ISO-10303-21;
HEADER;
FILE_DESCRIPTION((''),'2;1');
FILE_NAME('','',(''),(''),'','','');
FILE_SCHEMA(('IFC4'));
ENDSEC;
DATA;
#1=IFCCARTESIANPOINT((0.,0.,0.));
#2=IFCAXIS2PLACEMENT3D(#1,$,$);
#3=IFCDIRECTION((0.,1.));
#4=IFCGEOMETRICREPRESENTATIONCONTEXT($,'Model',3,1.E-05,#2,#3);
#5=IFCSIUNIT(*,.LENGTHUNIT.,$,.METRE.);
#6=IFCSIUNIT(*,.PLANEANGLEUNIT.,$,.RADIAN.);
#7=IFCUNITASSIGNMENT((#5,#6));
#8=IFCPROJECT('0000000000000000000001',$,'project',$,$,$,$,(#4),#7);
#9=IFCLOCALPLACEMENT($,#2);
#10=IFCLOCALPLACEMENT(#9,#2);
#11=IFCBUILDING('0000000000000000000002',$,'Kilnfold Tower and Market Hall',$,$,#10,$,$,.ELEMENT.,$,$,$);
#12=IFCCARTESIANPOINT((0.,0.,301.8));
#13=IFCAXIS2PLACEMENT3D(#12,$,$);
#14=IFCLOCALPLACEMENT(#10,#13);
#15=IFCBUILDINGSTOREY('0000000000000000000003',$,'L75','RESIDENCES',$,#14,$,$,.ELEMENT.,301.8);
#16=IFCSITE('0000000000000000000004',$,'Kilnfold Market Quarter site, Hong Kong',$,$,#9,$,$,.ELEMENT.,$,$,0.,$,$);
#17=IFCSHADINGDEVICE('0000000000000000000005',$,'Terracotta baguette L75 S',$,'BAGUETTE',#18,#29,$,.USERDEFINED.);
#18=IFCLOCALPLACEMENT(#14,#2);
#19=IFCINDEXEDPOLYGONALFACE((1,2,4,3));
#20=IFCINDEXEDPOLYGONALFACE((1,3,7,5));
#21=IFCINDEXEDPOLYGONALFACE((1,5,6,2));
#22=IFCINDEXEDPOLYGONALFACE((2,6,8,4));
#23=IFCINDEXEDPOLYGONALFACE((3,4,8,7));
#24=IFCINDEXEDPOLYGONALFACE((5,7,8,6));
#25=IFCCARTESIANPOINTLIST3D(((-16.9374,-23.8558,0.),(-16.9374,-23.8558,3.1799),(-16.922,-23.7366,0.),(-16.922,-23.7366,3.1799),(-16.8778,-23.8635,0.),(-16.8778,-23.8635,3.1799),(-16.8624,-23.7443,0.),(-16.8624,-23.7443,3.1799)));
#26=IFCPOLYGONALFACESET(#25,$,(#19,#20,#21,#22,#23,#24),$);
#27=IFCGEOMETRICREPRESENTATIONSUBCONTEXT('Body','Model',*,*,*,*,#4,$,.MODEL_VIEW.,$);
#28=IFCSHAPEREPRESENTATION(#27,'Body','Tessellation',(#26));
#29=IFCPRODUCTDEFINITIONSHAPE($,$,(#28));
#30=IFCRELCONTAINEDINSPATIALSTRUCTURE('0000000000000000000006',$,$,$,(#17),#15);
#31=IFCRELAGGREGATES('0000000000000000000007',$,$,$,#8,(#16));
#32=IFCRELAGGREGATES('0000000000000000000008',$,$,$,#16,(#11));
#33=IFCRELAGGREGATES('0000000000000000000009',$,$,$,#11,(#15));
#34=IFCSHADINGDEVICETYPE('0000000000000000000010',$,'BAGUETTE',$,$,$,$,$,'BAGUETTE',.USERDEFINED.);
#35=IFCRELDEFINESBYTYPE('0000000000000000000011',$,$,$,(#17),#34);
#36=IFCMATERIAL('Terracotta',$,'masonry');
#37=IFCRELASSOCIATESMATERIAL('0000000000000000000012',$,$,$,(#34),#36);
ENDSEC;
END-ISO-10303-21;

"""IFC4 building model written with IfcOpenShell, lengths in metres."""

from ifc_helpers import new_model, si_unit, direction, frame, origin, origin_2d, place, context, subcontext, project, spatial, rectangle, extrude, source, transform, mapped, material, material_profile, profile_set, type_object, element, save


model = new_model("IFC4")

# Units and contexts
model_context = context("Model", 3, precision=1e-05, world=origin(), true_north=direction((0.0, 1.0)))
body_context = subcontext(model_context, "Body", "Model", "MODEL_VIEW")
ifc_project = project(units=[si_unit("LENGTHUNIT", "METRE"), si_unit("PLANEANGLEUNIT", "RADIAN")], contexts=[model_context])

# Site, building, storey
site_placement = place(None, origin())
site = spatial("IfcSite", under=ifc_project, at=site_placement, Name="Kilnfold Market Quarter site, Hong Kong", CompositionType="ELEMENT", RefElevation=0.0)
building_placement = place(site_placement, origin())
building = spatial("IfcBuilding", under=site, at=building_placement, Name="Kilnfold Tower and Market Hall", CompositionType="ELEMENT")
storey_placement = place(building_placement, frame((0.0, 0.0, 301.8)))
storey = spatial("IfcBuildingStorey", under=building, at=storey_placement, Name="L75", Description="RESIDENCES", CompositionType="ELEMENT", Elevation=301.8)

# Shading device
ifc_material_1 = material(Name="Terracotta", Category="masonry")
ifc_material_profile_1 = material_profile(ifc_material_1, rectangle(XDim=0.0601, YDim=0.1201, at=origin_2d()), Name="BAG 60x120")
ifc_profile_set_1 = profile_set([ifc_material_profile_1], Name="Terracotta")
shading_device_type = type_object("IfcShadingDeviceType", Name="BAGUETTE", ElementType="BAGUETTE", PredefinedType="USERDEFINED", material=ifc_profile_set_1)
shared_shape_1 = source(origin(), body_context, "Body", "SweptSolid", [
    extrude(rectangle(XDim=0.0601, YDim=0.1201, at=origin_2d()), origin(), (0.0, 0.0, 1.0), 3.1799),
])
for number, where, z_axis, x_axis, name in (
    (1, (-16.8999, -23.8, 0.0), (0.0, 0.0, 1.0), (0.991788, -0.12789, 0.0), "Terracotta baguette L75 S"),
):
    element("IfcShadingDevice", number, at=place(storey_placement, frame(where, z_axis=z_axis, x_axis=x_axis)), inside=storey, type_object=shading_device_type, Name=name, ObjectType="BAGUETTE", PredefinedType="USERDEFINED", context=body_context, shape_type="MappedRepresentation", body=[
        mapped(shared_shape_1, transform((0.0, 0.0, 0.0))),
    ])

save(model, "model.ifc")
